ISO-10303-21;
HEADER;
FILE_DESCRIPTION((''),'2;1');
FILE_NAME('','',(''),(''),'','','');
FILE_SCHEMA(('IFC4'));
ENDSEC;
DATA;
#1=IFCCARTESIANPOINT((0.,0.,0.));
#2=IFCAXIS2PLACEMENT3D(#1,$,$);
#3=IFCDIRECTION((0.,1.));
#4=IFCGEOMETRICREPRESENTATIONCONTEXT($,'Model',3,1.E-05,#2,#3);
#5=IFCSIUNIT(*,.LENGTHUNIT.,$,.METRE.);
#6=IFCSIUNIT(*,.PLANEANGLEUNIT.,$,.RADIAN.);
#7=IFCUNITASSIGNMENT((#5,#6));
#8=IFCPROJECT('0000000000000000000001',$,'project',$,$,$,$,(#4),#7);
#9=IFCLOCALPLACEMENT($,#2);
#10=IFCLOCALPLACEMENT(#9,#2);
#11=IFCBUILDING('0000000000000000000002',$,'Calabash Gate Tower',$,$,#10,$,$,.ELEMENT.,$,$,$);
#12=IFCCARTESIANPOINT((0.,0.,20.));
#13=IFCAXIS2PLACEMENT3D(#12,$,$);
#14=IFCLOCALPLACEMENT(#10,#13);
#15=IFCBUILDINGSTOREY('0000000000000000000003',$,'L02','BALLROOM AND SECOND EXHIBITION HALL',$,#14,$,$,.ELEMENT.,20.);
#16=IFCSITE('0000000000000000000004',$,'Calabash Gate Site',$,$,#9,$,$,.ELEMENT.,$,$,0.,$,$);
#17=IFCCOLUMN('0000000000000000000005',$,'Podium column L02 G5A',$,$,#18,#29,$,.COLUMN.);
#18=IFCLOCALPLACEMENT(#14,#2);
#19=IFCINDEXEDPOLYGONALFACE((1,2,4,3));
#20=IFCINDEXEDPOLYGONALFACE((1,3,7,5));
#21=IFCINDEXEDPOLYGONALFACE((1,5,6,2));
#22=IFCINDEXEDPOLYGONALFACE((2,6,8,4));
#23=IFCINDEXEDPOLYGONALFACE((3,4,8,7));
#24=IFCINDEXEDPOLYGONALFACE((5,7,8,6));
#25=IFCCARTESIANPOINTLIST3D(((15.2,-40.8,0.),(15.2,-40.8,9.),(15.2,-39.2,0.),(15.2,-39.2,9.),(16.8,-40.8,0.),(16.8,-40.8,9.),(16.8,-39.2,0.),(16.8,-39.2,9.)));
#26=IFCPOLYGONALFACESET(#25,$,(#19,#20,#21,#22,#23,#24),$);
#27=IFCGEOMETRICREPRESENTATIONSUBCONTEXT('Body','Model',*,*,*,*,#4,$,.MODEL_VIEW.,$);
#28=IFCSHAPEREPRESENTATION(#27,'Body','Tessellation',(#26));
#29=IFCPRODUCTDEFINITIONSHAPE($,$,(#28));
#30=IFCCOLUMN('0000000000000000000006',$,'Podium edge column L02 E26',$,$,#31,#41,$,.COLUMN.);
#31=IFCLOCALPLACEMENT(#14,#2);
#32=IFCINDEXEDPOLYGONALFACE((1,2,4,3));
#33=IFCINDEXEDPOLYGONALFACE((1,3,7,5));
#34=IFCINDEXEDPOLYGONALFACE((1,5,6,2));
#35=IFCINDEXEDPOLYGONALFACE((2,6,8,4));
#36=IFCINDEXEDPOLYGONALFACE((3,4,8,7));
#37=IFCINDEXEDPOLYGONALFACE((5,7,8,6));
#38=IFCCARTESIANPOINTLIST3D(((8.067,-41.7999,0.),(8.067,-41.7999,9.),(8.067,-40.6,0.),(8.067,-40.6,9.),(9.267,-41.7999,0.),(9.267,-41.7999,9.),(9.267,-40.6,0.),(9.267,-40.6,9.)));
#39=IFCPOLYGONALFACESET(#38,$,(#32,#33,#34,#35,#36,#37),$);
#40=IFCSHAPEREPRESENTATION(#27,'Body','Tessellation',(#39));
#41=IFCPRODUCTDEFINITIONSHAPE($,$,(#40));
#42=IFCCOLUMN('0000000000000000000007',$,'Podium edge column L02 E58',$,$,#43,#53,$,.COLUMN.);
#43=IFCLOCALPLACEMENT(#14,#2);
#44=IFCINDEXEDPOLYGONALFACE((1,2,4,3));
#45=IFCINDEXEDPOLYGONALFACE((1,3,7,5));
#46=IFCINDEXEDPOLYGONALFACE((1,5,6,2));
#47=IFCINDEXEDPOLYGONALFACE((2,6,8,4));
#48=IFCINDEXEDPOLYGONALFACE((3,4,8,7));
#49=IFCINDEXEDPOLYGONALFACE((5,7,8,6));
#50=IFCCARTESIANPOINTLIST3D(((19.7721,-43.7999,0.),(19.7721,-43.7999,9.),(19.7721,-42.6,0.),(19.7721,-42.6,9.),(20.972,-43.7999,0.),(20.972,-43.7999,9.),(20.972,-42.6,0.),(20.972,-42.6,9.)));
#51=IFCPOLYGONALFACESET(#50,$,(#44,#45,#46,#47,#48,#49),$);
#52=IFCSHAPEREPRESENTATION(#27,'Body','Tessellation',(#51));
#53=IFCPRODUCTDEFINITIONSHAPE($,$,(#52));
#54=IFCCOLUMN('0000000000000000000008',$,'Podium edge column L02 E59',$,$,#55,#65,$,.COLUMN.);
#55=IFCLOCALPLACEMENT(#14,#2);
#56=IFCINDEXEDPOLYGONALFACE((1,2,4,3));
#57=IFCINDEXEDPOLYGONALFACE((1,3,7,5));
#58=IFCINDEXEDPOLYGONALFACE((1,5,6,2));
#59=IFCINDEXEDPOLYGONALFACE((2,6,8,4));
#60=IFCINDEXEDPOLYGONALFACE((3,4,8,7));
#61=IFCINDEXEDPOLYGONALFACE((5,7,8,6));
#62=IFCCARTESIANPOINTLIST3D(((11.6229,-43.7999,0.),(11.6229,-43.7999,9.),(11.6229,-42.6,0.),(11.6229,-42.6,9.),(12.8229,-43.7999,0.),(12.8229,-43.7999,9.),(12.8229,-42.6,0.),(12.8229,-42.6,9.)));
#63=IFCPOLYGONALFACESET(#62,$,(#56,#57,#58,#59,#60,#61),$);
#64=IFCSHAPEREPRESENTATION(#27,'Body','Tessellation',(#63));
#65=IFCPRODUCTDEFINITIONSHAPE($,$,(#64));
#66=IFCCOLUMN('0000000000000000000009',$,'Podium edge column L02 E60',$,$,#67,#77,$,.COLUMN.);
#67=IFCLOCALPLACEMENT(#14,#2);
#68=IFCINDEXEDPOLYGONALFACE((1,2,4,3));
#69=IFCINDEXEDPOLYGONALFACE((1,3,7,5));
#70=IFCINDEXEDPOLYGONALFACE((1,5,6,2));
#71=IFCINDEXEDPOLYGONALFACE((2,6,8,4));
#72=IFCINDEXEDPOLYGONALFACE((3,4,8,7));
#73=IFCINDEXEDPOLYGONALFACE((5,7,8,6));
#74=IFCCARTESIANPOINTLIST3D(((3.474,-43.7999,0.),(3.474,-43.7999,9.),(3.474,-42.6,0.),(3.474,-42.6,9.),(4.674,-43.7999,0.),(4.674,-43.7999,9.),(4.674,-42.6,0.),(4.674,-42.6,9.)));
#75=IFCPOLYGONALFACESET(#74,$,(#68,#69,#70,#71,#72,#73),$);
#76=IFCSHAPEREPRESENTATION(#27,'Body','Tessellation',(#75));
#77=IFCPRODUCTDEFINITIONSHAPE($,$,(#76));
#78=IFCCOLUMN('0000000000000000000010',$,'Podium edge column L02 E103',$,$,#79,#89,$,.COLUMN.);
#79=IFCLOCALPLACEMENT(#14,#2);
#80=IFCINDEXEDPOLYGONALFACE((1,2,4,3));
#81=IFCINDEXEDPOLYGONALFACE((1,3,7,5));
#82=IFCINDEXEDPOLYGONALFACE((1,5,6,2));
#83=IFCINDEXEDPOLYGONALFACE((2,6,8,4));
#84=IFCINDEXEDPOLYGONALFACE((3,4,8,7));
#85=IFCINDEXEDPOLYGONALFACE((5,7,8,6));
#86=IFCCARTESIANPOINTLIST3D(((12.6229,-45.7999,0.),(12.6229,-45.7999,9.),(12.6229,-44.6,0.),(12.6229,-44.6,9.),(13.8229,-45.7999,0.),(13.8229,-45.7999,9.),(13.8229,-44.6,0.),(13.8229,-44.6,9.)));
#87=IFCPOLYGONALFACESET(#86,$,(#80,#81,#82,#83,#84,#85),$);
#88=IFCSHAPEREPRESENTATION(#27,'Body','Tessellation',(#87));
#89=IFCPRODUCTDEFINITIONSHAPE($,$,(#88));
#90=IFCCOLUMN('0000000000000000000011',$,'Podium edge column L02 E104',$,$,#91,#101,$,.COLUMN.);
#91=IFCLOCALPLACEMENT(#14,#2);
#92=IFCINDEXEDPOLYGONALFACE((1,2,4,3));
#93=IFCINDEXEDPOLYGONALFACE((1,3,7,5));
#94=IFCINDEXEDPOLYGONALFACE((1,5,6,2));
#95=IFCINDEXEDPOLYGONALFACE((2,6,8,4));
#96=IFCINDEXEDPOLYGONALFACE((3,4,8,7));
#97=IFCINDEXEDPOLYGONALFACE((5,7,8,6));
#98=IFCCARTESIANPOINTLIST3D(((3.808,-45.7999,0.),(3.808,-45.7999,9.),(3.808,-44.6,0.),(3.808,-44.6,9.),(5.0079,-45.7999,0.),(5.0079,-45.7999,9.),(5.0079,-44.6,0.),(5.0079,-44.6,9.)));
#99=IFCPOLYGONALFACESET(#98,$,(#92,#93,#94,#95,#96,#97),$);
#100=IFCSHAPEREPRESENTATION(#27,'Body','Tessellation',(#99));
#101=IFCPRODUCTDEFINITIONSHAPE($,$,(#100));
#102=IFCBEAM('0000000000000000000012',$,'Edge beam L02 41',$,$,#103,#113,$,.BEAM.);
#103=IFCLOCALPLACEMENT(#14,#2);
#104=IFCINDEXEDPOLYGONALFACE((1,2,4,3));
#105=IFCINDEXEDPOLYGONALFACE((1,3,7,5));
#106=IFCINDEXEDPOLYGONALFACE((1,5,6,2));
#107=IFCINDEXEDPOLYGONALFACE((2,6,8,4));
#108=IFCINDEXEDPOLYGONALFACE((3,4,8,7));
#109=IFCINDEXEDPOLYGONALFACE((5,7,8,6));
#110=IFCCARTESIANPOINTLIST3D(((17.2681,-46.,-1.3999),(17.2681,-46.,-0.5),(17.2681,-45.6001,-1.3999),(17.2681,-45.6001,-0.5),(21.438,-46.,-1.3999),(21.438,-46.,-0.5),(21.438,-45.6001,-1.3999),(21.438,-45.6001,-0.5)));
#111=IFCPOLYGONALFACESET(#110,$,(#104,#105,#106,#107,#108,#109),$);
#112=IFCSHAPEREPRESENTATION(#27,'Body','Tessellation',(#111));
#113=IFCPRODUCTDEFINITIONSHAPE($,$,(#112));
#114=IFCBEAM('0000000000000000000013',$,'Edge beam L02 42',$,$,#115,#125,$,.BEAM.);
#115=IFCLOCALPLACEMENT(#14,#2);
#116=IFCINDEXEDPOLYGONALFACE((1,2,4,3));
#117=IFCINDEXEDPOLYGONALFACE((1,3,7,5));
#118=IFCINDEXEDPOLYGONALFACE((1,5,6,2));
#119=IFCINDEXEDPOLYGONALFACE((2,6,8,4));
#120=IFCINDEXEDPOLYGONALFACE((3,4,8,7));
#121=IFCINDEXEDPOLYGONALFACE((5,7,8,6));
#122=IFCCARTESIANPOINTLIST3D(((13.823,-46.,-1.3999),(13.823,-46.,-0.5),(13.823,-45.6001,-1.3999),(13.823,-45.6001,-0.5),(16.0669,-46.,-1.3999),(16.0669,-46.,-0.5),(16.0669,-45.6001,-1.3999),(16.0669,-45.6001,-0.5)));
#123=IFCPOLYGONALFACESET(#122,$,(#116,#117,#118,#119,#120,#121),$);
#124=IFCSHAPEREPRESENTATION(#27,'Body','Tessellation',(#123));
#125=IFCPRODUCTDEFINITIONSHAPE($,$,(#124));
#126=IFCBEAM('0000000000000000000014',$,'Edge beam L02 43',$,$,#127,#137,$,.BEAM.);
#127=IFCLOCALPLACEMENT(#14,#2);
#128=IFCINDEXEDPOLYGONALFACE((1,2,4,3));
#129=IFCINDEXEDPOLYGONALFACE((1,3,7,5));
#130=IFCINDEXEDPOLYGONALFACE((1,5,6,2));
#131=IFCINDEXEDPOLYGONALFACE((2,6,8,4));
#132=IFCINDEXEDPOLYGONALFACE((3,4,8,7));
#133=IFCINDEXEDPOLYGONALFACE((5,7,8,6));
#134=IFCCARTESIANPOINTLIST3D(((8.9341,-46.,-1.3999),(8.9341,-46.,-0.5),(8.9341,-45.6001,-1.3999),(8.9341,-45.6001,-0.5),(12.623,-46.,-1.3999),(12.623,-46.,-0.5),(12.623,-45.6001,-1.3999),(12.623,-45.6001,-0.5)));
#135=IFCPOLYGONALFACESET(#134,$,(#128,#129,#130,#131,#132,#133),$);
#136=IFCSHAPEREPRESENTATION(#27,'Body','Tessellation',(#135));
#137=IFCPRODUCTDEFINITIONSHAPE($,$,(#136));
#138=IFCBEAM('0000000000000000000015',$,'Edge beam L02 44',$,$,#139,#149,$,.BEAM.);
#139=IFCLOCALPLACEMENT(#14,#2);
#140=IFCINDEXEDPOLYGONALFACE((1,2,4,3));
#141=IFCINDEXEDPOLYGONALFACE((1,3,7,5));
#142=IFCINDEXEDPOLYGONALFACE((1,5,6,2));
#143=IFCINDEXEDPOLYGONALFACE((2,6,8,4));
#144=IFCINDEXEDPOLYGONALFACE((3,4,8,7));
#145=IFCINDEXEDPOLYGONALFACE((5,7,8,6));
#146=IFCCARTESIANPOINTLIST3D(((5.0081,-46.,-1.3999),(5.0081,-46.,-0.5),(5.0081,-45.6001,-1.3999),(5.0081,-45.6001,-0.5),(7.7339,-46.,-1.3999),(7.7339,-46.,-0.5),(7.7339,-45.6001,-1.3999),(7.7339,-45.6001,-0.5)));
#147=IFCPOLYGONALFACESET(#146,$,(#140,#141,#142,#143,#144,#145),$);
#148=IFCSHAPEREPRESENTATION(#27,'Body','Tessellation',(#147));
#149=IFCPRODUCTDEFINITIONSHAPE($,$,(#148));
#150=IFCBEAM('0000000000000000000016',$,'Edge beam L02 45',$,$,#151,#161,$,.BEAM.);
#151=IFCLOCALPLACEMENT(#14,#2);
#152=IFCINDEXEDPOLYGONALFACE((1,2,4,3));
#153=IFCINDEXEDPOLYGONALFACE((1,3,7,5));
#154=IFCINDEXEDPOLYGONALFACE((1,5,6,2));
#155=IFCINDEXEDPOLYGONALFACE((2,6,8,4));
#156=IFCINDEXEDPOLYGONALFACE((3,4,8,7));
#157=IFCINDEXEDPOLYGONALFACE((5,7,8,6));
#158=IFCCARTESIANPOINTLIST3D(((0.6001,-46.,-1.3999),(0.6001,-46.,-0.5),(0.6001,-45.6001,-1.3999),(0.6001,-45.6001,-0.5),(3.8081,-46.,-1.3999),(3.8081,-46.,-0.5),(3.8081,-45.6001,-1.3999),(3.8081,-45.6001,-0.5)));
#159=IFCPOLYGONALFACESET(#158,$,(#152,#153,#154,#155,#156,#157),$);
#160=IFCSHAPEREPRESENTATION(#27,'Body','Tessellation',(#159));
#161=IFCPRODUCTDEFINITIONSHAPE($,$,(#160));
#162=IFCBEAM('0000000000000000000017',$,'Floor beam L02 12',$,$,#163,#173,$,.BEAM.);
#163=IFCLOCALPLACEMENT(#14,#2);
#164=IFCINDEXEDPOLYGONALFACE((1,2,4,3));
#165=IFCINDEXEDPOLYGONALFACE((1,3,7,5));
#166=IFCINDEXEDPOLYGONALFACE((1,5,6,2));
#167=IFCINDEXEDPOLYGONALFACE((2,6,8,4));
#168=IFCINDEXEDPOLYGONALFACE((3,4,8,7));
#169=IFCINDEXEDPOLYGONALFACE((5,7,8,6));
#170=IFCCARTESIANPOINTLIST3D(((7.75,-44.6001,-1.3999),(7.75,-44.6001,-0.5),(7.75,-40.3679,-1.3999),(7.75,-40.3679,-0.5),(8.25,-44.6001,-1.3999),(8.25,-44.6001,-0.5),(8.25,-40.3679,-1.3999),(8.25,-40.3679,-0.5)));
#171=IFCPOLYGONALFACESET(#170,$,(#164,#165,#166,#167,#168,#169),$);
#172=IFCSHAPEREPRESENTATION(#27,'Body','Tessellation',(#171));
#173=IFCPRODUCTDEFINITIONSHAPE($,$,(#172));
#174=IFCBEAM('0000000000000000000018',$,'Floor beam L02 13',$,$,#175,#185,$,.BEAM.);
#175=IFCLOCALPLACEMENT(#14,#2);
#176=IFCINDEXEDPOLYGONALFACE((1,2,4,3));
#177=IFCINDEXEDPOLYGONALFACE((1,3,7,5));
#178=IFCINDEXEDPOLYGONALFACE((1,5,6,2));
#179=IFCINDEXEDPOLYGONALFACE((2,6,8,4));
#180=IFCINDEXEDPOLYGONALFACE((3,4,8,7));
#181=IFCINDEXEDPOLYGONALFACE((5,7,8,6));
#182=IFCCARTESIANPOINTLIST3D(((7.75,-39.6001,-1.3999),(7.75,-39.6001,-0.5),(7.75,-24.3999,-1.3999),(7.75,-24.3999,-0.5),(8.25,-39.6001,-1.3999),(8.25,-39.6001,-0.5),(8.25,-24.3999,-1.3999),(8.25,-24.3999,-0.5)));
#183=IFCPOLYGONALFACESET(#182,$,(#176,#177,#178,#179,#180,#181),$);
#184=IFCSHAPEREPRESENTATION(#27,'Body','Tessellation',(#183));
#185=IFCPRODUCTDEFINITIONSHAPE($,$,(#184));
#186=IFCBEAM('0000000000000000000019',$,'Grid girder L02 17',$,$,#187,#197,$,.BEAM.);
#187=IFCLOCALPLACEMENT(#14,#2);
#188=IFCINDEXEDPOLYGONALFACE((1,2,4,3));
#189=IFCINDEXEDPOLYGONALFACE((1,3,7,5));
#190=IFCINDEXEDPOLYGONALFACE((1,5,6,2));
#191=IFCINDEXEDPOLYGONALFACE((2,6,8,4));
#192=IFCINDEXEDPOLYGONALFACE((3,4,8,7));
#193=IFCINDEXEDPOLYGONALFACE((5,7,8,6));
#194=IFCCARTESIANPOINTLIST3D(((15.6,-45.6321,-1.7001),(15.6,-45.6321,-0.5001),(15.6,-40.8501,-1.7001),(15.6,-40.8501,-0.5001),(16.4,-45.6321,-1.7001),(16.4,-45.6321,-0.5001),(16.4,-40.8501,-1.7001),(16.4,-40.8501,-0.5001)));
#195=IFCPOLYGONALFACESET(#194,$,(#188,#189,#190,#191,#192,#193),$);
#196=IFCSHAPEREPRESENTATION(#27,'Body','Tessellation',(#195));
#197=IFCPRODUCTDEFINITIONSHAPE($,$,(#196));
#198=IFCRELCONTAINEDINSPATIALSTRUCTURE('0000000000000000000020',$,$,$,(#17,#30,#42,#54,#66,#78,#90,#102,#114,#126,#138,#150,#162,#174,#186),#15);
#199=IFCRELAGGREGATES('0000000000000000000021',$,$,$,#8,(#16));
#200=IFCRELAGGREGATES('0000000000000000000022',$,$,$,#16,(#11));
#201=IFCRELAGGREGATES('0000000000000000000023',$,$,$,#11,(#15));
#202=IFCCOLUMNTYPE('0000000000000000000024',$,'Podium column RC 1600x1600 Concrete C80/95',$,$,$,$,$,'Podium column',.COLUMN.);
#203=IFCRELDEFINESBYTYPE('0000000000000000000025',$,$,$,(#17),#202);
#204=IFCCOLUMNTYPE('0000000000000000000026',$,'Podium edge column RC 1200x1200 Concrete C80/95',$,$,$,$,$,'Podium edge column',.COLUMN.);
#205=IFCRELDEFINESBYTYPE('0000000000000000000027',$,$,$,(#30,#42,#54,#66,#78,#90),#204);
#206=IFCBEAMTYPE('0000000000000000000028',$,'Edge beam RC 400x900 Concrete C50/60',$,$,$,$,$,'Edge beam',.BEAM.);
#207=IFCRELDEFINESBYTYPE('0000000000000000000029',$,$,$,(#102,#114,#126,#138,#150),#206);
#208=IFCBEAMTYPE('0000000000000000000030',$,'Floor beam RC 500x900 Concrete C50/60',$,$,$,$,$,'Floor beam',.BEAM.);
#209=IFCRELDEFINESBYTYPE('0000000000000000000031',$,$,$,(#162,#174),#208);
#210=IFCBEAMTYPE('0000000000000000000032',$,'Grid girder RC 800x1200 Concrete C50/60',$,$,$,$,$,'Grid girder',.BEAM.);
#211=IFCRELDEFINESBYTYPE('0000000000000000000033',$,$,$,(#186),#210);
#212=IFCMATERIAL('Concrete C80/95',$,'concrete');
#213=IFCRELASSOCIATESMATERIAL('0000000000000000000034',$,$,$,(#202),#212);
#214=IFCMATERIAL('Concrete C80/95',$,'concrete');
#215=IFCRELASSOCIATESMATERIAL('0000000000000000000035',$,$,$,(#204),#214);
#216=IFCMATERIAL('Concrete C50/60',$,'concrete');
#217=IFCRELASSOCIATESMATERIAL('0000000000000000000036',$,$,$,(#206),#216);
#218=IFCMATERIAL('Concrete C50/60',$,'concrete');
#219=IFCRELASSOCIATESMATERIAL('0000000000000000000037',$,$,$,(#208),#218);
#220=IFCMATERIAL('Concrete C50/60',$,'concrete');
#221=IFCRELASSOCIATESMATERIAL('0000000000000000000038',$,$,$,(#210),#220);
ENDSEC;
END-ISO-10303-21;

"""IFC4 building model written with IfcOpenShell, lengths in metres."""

from ifc_helpers import new_model, si_unit, direction, frame, origin, origin_2d, place, context, subcontext, project, spatial, rectangle, extrude, material, material_profile, profile_set, type_object, element, save


model = new_model("IFC4")

# Units and contexts
model_context = context("Model", 3, precision=1e-05, world=origin(), true_north=direction((0.0, 1.0)))
body_context = subcontext(model_context, "Body", "Model", "MODEL_VIEW")
ifc_project = project(units=[si_unit("LENGTHUNIT", "METRE"), si_unit("PLANEANGLEUNIT", "RADIAN")], contexts=[model_context])

# Site, building, storey
site_placement = place(None, origin())
site = spatial("IfcSite", under=ifc_project, at=site_placement, Name="Calabash Gate Site", CompositionType="ELEMENT", RefElevation=0.0)
building_placement = place(site_placement, origin())
building = spatial("IfcBuilding", under=site, at=building_placement, Name="Calabash Gate Tower", CompositionType="ELEMENT")
storey_placement = place(building_placement, frame((0.0, 0.0, 20.0)))
storey = spatial("IfcBuildingStorey", under=building, at=storey_placement, Name="L02", Description="BALLROOM AND SECOND EXHIBITION HALL", CompositionType="ELEMENT", Elevation=20.0)

# Columns
ifc_material_1 = material(Name="Concrete C80/95", Category="concrete")
ifc_material_profile_1 = material_profile(ifc_material_1, rectangle(XDim=1.6001, YDim=1.6001, at=origin_2d()))
ifc_profile_set_1 = profile_set([ifc_material_profile_1], Name="Concrete C80/95")
column_type_1 = type_object("IfcColumnType", Name="Podium column RC 1600x1600 Concrete C80/95", ElementType="Podium column", PredefinedType="COLUMN", material=ifc_profile_set_1)
column_placement = place(storey_placement, frame((16.0, -40.0, 0.0), z_axis=(0.0, 0.0, 1.0), x_axis=(1.0, 0.0, 0.0)))
element("IfcColumn", 1, at=column_placement, inside=storey, type_object=column_type_1, Name="Podium column L02 G5A", PredefinedType="COLUMN", context=body_context, shape_type="SweptSolid", body=[
    extrude(rectangle(XDim=1.6001, YDim=1.6001, at=origin_2d()), origin(), (0.0, 0.0, 1.0), 9.0),
])
ifc_material_2 = material(Name="Concrete C80/95", Category="concrete")
ifc_material_profile_2 = material_profile(ifc_material_2, rectangle(XDim=1.2, YDim=1.2, at=origin_2d()))
ifc_profile_set_2 = profile_set([ifc_material_profile_2], Name="Concrete C80/95")
column_type_2 = type_object("IfcColumnType", Name="Podium edge column RC 1200x1200 Concrete C80/95", ElementType="Podium edge column", PredefinedType="COLUMN", material=ifc_profile_set_2)
for number, where, z_axis, x_axis, name in (
    (2, (8.667, -41.2, 0.0), (0.0, 0.0, 1.0), (1.0, 0.0, 0.0), "Podium edge column L02 E26"),
    (3, (20.3721, -43.2, 0.0), (0.0, 0.0, 1.0), (1.0, 0.0, 0.0), "Podium edge column L02 E58"),
    (4, (12.2229, -43.2, 0.0), (0.0, 0.0, 1.0), (1.0, 0.0, 0.0), "Podium edge column L02 E59"),
    (5, (4.074, -43.2, 0.0), (0.0, 0.0, 1.0), (1.0, 0.0, 0.0), "Podium edge column L02 E60"),
    (6, (13.2229, -45.2, 0.0), (0.0, 0.0, 1.0), (1.0, 0.0, 0.0), "Podium edge column L02 E103"),
    (7, (4.408, -45.2, 0.0), (0.0, 0.0, 1.0), (1.0, 0.0, 0.0), "Podium edge column L02 E104"),
):
    element("IfcColumn", number, at=place(storey_placement, frame(where, z_axis=z_axis, x_axis=x_axis)), inside=storey, type_object=column_type_2, Name=name, PredefinedType="COLUMN", context=body_context, shape_type="SweptSolid", body=[
        extrude(rectangle(XDim=1.2, YDim=1.2, at=origin_2d()), origin(), (0.0, 0.0, 1.0), 9.0),
    ])

# Beams
ifc_material_3 = material(Name="Concrete C50/60", Category="concrete")
ifc_material_profile_3 = material_profile(ifc_material_3, rectangle(XDim=0.3999, YDim=0.8999, at=origin_2d()))
ifc_profile_set_3 = profile_set([ifc_material_profile_3], Name="Concrete C50/60")
beam_type_1 = type_object("IfcBeamType", Name="Edge beam RC 400x900 Concrete C50/60", ElementType="Edge beam", PredefinedType="BEAM", material=ifc_profile_set_3)
beam_1_placement = place(storey_placement, frame((21.438, -45.8, -0.95), z_axis=(-1.0, 0.0, 0.0), x_axis=(0.0, -1.0, 0.0)))
element("IfcBeam", 8, at=beam_1_placement, inside=storey, type_object=beam_type_1, Name="Edge beam L02 41", PredefinedType="BEAM", context=body_context, shape_type="SweptSolid", body=[
    extrude(rectangle(XDim=0.3999, YDim=0.8999, at=origin_2d()), origin(), (0.0, 0.0, 1.0), 4.1699),
])
beam_2_placement = place(storey_placement, frame((16.0669, -45.8, -0.95), z_axis=(-1.0, 0.0, 0.0), x_axis=(0.0, -1.0, 0.0)))
element("IfcBeam", 9, at=beam_2_placement, inside=storey, type_object=beam_type_1, Name="Edge beam L02 42", PredefinedType="BEAM", context=body_context, shape_type="SweptSolid", body=[
    extrude(rectangle(XDim=0.3999, YDim=0.8999, at=origin_2d()), origin(), (0.0, 0.0, 1.0), 2.2439),
])
beam_3_placement = place(storey_placement, frame((12.623, -45.8, -0.95), z_axis=(-1.0, 0.0, 0.0), x_axis=(0.0, -1.0, 0.0)))
element("IfcBeam", 10, at=beam_3_placement, inside=storey, type_object=beam_type_1, Name="Edge beam L02 43", PredefinedType="BEAM", context=body_context, shape_type="SweptSolid", body=[
    extrude(rectangle(XDim=0.3999, YDim=0.8999, at=origin_2d()), origin(), (0.0, 0.0, 1.0), 3.689),
])
beam_4_placement = place(storey_placement, frame((7.7339, -45.8, -0.95), z_axis=(-1.0, 0.0, 0.0), x_axis=(0.0, -1.0, 0.0)))
element("IfcBeam", 11, at=beam_4_placement, inside=storey, type_object=beam_type_1, Name="Edge beam L02 44", PredefinedType="BEAM", context=body_context, shape_type="SweptSolid", body=[
    extrude(rectangle(XDim=0.3999, YDim=0.8999, at=origin_2d()), origin(), (0.0, 0.0, 1.0), 2.7258),
])
beam_5_placement = place(storey_placement, frame((3.8081, -45.8, -0.95), z_axis=(-1.0, 0.0, 0.0), x_axis=(0.0, -1.0, 0.0)))
element("IfcBeam", 12, at=beam_5_placement, inside=storey, type_object=beam_type_1, Name="Edge beam L02 45", PredefinedType="BEAM", context=body_context, shape_type="SweptSolid", body=[
    extrude(rectangle(XDim=0.3999, YDim=0.8999, at=origin_2d()), origin(), (0.0, 0.0, 1.0), 3.208),
])
ifc_material_4 = material(Name="Concrete C50/60", Category="concrete")
ifc_material_profile_4 = material_profile(ifc_material_4, rectangle(XDim=0.5, YDim=0.8999, at=origin_2d()))
ifc_profile_set_4 = profile_set([ifc_material_profile_4], Name="Concrete C50/60")
beam_type_2 = type_object("IfcBeamType", Name="Floor beam RC 500x900 Concrete C50/60", ElementType="Floor beam", PredefinedType="BEAM", material=ifc_profile_set_4)
beam_6_placement = place(storey_placement, frame((8.0, -44.6001, -0.95), z_axis=(0.0, 1.0, 0.0), x_axis=(-1.0, 0.0, 0.0)))
element("IfcBeam", 13, at=beam_6_placement, inside=storey, type_object=beam_type_2, Name="Floor beam L02 12", PredefinedType="BEAM", context=body_context, shape_type="SweptSolid", body=[
    extrude(rectangle(XDim=0.5, YDim=0.8999, at=origin_2d()), origin(), (0.0, 0.0, 1.0), 4.2322),
])
beam_7_placement = place(storey_placement, frame((8.0, -39.6001, -0.95), z_axis=(0.0, 1.0, 0.0), x_axis=(-1.0, 0.0, 0.0)))
element("IfcBeam", 14, at=beam_7_placement, inside=storey, type_object=beam_type_2, Name="Floor beam L02 13", PredefinedType="BEAM", context=body_context, shape_type="SweptSolid", body=[
    extrude(rectangle(XDim=0.5, YDim=0.8999, at=origin_2d()), origin(), (0.0, 0.0, 1.0), 15.2002),
])
ifc_material_5 = material(Name="Concrete C50/60", Category="concrete")
ifc_material_profile_5 = material_profile(ifc_material_5, rectangle(XDim=0.8, YDim=1.2, at=origin_2d()))
ifc_profile_set_5 = profile_set([ifc_material_profile_5], Name="Concrete C50/60")
beam_type_3 = type_object("IfcBeamType", Name="Grid girder RC 800x1200 Concrete C50/60", ElementType="Grid girder", PredefinedType="BEAM", material=ifc_profile_set_5)
beam_8_placement = place(storey_placement, frame((16.0, -45.6321, -1.1001), z_axis=(0.0, 1.0, 0.0), x_axis=(-1.0, 0.0, 0.0)))
element("IfcBeam", 15, at=beam_8_placement, inside=storey, type_object=beam_type_3, Name="Grid girder L02 17", PredefinedType="BEAM", context=body_context, shape_type="SweptSolid", body=[
    extrude(rectangle(XDim=0.8, YDim=1.2, at=origin_2d()), origin(), (0.0, 0.0, 1.0), 4.782),
])

save(model, "model.ifc")
